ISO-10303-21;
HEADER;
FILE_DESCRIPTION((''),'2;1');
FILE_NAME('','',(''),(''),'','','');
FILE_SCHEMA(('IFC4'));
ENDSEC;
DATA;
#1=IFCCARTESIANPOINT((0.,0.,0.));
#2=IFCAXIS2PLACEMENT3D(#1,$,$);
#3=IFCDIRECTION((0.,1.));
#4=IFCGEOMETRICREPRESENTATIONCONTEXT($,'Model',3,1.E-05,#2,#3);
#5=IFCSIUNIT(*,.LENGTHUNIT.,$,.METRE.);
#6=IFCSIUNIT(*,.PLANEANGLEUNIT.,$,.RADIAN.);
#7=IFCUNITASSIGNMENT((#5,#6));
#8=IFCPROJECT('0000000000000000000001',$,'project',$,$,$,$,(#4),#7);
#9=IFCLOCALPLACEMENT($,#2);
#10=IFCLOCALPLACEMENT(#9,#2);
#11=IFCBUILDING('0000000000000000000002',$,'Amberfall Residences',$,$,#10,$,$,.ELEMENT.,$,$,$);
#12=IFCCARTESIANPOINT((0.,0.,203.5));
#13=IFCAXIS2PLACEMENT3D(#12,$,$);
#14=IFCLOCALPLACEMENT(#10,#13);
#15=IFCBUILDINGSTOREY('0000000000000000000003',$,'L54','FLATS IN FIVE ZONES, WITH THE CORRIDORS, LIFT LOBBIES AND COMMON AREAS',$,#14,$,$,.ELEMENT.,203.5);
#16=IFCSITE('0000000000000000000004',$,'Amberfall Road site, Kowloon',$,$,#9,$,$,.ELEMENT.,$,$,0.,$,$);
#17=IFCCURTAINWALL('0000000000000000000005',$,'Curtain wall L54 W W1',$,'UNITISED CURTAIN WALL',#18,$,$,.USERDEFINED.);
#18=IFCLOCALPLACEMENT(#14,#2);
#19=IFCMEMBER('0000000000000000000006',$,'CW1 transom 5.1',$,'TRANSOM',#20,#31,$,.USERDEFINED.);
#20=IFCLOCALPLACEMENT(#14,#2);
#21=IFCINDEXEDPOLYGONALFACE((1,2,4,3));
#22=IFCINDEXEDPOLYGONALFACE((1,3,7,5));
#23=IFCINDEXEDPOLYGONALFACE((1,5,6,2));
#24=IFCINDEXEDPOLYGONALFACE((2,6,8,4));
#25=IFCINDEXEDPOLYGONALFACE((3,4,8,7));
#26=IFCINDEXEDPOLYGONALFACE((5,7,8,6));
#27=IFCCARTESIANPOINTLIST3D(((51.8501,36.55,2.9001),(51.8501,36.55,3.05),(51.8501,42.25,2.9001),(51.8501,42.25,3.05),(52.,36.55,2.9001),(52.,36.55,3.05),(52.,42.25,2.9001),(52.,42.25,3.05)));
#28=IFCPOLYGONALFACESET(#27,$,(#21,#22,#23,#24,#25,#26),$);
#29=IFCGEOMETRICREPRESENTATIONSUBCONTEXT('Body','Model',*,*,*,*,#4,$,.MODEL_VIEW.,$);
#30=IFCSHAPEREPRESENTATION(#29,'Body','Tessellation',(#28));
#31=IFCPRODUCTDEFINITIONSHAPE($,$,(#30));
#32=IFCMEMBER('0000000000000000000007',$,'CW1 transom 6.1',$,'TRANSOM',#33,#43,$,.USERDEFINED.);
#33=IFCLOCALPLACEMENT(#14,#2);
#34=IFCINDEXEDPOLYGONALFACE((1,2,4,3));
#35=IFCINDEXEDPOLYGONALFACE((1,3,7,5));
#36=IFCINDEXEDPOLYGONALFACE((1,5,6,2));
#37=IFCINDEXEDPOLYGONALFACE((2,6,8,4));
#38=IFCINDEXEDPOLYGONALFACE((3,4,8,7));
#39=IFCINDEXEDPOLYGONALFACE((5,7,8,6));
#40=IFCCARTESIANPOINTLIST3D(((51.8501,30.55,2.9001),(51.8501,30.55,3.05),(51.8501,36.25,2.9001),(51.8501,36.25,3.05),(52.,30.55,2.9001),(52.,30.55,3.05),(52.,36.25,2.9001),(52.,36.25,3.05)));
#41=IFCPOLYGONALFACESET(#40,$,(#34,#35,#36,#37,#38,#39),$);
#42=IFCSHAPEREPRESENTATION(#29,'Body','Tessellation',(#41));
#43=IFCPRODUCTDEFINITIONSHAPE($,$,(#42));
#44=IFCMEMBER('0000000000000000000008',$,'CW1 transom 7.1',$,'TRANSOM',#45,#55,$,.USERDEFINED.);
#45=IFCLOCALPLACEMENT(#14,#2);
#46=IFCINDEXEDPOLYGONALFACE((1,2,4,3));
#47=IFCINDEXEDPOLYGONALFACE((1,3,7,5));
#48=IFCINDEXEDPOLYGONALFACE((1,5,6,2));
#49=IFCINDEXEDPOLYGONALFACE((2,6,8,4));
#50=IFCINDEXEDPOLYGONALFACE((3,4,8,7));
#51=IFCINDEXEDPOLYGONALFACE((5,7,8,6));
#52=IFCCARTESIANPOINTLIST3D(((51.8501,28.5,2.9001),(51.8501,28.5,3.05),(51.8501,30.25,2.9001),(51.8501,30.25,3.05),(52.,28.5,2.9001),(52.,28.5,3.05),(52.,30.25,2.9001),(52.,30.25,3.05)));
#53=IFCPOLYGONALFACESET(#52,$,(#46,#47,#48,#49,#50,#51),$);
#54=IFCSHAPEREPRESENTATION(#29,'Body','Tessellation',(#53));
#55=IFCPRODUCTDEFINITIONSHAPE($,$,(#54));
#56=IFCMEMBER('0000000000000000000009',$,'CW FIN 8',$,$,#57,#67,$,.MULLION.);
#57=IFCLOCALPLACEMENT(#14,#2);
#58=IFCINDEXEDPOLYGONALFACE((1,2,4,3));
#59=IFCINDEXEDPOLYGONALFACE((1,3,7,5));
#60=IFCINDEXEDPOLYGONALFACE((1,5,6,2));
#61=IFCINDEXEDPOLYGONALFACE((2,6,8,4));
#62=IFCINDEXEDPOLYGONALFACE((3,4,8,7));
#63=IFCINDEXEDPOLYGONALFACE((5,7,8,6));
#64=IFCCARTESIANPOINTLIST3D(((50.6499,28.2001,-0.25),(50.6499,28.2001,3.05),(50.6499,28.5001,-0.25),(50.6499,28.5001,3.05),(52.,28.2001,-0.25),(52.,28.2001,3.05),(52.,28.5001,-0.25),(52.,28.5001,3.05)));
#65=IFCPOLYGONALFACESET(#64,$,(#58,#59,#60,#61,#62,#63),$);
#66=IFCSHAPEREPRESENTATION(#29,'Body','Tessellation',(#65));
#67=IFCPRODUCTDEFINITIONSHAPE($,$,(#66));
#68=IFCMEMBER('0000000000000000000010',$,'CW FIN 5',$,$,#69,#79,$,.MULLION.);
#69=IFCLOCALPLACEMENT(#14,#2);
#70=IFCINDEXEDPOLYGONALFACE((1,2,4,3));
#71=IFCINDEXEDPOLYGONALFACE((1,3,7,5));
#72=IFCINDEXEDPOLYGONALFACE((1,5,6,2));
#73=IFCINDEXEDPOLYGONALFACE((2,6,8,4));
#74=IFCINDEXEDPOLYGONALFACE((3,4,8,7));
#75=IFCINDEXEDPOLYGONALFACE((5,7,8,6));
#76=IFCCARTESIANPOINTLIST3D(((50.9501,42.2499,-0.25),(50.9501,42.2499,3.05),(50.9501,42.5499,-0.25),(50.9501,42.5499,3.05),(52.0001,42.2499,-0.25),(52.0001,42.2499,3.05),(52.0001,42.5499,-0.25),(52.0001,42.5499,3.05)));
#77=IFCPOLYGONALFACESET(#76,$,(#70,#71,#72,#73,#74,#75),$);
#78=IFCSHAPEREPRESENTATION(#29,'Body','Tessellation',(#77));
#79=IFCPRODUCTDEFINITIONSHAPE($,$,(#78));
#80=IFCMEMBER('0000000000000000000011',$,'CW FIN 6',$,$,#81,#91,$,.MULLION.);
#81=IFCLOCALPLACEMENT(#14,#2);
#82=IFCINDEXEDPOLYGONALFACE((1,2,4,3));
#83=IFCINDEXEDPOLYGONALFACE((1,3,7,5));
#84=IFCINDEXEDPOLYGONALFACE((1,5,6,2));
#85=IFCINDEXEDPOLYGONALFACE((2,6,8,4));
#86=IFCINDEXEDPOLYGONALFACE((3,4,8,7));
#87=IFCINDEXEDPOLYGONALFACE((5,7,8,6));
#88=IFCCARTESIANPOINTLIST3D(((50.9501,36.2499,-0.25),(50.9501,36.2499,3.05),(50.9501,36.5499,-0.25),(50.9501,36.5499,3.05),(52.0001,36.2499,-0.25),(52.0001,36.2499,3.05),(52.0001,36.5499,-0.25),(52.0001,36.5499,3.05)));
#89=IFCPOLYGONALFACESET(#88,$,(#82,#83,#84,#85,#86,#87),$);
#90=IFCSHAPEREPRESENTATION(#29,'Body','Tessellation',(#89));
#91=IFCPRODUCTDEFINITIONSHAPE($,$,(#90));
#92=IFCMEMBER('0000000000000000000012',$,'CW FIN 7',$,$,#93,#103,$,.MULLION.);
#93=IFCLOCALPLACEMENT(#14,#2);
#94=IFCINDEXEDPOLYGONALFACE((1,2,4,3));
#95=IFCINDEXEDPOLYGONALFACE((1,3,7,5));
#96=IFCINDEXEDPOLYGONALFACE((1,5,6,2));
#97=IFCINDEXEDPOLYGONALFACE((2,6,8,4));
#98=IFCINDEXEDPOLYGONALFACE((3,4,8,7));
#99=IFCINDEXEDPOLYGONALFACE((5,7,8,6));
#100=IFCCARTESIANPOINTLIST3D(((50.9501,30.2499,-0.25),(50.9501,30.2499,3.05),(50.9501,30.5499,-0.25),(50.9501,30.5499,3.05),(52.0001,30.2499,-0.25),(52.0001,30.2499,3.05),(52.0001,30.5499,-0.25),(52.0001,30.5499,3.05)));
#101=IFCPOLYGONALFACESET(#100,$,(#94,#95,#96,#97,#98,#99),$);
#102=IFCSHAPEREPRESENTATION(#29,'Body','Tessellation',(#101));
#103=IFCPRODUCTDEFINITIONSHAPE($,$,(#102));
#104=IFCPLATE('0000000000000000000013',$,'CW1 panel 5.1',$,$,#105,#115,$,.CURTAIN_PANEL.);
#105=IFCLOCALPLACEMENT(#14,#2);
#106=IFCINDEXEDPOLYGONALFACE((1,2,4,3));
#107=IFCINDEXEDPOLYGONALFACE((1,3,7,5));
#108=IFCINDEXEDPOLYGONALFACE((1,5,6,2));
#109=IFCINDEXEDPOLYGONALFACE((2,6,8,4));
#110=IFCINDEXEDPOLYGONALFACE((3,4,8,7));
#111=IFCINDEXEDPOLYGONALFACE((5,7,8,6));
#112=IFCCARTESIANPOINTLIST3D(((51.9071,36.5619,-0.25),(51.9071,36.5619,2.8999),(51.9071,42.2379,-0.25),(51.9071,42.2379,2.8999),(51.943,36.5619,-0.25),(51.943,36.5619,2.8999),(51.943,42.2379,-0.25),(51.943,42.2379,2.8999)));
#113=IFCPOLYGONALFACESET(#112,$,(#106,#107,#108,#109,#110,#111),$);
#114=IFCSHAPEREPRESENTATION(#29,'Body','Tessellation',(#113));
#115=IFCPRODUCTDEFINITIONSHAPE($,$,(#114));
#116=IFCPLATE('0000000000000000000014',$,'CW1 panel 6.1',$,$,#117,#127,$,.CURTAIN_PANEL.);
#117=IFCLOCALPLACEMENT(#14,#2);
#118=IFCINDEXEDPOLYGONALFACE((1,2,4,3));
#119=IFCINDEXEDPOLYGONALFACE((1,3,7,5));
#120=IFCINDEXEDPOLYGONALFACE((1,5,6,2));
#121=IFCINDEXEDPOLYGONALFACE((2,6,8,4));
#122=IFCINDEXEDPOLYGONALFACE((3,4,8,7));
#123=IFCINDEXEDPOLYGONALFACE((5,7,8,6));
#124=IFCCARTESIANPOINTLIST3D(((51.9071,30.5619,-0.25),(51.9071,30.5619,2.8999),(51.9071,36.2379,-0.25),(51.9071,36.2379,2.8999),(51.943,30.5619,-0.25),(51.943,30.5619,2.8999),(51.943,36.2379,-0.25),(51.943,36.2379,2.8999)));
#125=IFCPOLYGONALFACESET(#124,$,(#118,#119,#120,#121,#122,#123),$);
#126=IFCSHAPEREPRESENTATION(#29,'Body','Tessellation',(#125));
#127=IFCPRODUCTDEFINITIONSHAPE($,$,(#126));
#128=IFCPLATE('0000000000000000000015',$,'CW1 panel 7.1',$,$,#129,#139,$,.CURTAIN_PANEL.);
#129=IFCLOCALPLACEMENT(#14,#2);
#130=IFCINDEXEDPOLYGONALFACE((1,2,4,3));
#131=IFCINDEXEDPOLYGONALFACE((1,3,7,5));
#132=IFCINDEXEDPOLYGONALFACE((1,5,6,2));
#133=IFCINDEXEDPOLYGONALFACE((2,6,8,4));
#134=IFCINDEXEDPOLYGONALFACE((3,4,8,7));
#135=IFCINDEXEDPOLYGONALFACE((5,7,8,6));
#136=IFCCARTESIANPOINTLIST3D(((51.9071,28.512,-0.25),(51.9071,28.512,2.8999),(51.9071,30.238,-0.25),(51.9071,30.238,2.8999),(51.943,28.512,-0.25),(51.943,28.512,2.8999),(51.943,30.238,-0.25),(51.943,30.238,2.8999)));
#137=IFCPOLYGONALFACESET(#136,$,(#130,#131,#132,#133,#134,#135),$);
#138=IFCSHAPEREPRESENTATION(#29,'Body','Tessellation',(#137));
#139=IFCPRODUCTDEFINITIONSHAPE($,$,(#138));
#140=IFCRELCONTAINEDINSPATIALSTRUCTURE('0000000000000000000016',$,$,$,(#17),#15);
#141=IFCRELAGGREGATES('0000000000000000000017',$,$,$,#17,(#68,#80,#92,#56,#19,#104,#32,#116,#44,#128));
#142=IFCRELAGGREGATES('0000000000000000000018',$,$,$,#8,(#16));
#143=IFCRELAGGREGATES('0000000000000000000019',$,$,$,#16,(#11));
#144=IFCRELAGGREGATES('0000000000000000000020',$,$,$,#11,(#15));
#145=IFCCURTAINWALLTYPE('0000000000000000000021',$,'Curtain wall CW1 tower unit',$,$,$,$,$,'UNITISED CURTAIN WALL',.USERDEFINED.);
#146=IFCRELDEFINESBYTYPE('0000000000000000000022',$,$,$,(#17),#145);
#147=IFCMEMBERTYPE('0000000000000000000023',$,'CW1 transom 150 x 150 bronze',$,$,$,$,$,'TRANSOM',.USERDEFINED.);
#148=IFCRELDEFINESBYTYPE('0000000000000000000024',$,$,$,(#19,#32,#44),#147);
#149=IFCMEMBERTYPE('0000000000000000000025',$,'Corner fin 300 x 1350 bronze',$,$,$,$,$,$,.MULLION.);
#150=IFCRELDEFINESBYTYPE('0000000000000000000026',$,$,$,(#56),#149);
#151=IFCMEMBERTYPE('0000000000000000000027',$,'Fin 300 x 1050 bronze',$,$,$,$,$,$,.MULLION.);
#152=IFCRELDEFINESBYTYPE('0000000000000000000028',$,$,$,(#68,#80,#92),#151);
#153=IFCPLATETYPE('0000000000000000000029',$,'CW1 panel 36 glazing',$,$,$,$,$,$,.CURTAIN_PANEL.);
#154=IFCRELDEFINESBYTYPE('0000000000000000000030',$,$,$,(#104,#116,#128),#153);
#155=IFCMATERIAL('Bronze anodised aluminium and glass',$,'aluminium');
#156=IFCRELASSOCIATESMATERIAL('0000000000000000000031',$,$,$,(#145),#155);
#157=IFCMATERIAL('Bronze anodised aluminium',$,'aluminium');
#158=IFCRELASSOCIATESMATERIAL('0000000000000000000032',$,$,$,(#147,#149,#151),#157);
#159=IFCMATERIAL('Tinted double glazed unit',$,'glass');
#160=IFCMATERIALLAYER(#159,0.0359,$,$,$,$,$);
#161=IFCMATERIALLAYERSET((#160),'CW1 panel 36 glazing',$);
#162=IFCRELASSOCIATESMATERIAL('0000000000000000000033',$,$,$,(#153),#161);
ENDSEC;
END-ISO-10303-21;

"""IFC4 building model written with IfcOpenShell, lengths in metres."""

from ifc_helpers import new_model, si_unit, direction, frame, origin, origin_2d, place, context, subcontext, project, spatial, rectangle, extrude, material, layer, layer_set, material_profile, profile_set, type_object, element, aggregate, save


model = new_model("IFC4")

# Units and contexts
model_context = context("Model", 3, precision=1e-05, world=origin(), true_north=direction((0.0, 1.0)))
body_context = subcontext(model_context, "Body", "Model", "MODEL_VIEW")
ifc_project = project(units=[si_unit("LENGTHUNIT", "METRE"), si_unit("PLANEANGLEUNIT", "RADIAN")], contexts=[model_context])

# Site, building, storey
site_placement = place(None, origin())
site = spatial("IfcSite", under=ifc_project, at=site_placement, Name="Amberfall Road site, Kowloon", CompositionType="ELEMENT", RefElevation=0.0)
building_placement = place(site_placement, origin())
building = spatial("IfcBuilding", under=site, at=building_placement, Name="Amberfall Residences", CompositionType="ELEMENT")
storey_placement = place(building_placement, frame((0.0, 0.0, 203.5)))
storey = spatial("IfcBuildingStorey", under=building, at=storey_placement, Name="L54", Description="FLATS IN FIVE ZONES, WITH THE CORRIDORS, LIFT LOBBIES AND COMMON AREAS", CompositionType="ELEMENT", Elevation=203.5)

# Curtain wall, members, plates
ifc_material_1 = material(Name="Bronze anodised aluminium and glass", Category="aluminium")
curtain_wall_type = type_object("IfcCurtainWallType", Name="Curtain wall CW1 tower unit", ElementType="UNITISED CURTAIN WALL", PredefinedType="USERDEFINED", material=ifc_material_1)
curtain_wall_placement = place(storey_placement, origin())
curtain_wall = element("IfcCurtainWall", 1, at=curtain_wall_placement, inside=storey, type_object=curtain_wall_type, Name="Curtain wall L54 W W1", ObjectType="UNITISED CURTAIN WALL", PredefinedType="USERDEFINED")
ifc_material_2 = material(Name="Bronze anodised aluminium", Category="aluminium")
ifc_material_profile_1 = material_profile(ifc_material_2, rectangle(XDim=0.1499, YDim=0.1499, at=origin_2d()), Name="CW1 transom 150 x 150 bronze")
ifc_profile_set_1 = profile_set([ifc_material_profile_1], Name="Bronze anodised aluminium")
member_type_1 = type_object("IfcMemberType", Name="CW1 transom 150 x 150 bronze", ElementType="TRANSOM", PredefinedType="USERDEFINED", material=ifc_profile_set_1)
member_1_placement = place(storey_placement, frame((51.925, 42.25, 2.9751), z_axis=(0.0, -1.0, 0.0), x_axis=(1.0, 0.0, 0.0)))
member_1 = element("IfcMember", 2, at=member_1_placement, type_object=member_type_1, Name="CW1 transom 5.1", ObjectType="TRANSOM", PredefinedType="USERDEFINED", context=body_context, shape_type="SweptSolid", body=[
    extrude(rectangle(XDim=0.1499, YDim=0.1499, at=origin_2d()), origin(), (0.0, 0.0, 1.0), 5.7),
])
member_2_placement = place(storey_placement, frame((51.925, 36.25, 2.9751), z_axis=(0.0, -1.0, 0.0), x_axis=(1.0, 0.0, 0.0)))
member_2 = element("IfcMember", 3, at=member_2_placement, type_object=member_type_1, Name="CW1 transom 6.1", ObjectType="TRANSOM", PredefinedType="USERDEFINED", context=body_context, shape_type="SweptSolid", body=[
    extrude(rectangle(XDim=0.1499, YDim=0.1499, at=origin_2d()), origin(), (0.0, 0.0, 1.0), 5.7),
])
member_3_placement = place(storey_placement, frame((51.925, 30.25, 2.9751), z_axis=(0.0, -1.0, 0.0), x_axis=(1.0, 0.0, 0.0)))
member_3 = element("IfcMember", 4, at=member_3_placement, type_object=member_type_1, Name="CW1 transom 7.1", ObjectType="TRANSOM", PredefinedType="USERDEFINED", context=body_context, shape_type="SweptSolid", body=[
    extrude(rectangle(XDim=0.1499, YDim=0.1499, at=origin_2d()), origin(), (0.0, 0.0, 1.0), 1.75),
])
ifc_material_profile_2 = material_profile(ifc_material_2, rectangle(XDim=1.3501, YDim=0.3, at=origin_2d()), Name="Corner fin 300 x 1350 bronze")
ifc_profile_set_2 = profile_set([ifc_material_profile_2], Name="Bronze anodised aluminium")
member_type_2 = type_object("IfcMemberType", Name="Corner fin 300 x 1350 bronze", PredefinedType="MULLION", material=ifc_profile_set_2)
member_4_placement = place(storey_placement, frame((51.325, 28.3501, -0.25), z_axis=(0.0, 0.0, 1.0), x_axis=(1.0, 0.0, 0.0)))
member_4 = element("IfcMember", 5, at=member_4_placement, type_object=member_type_2, Name="CW FIN 8", PredefinedType="MULLION", context=body_context, shape_type="SweptSolid", body=[
    extrude(rectangle(XDim=1.3501, YDim=0.3, at=origin_2d()), origin(), (0.0, 0.0, 1.0), 3.3),
])
ifc_material_profile_3 = material_profile(ifc_material_2, rectangle(XDim=1.05, YDim=0.3, at=origin_2d()), Name="Fin 300 x 1050 bronze")
ifc_profile_set_3 = profile_set([ifc_material_profile_3], Name="Bronze anodised aluminium")
member_type_3 = type_object("IfcMemberType", Name="Fin 300 x 1050 bronze", PredefinedType="MULLION", material=ifc_profile_set_3)
member_5_placement = place(storey_placement, frame((51.4751, 42.3999, -0.25), z_axis=(0.0, 0.0, 1.0), x_axis=(1.0, 0.0, 0.0)))
member_5 = element("IfcMember", 6, at=member_5_placement, type_object=member_type_3, Name="CW FIN 5", PredefinedType="MULLION", context=body_context, shape_type="SweptSolid", body=[
    extrude(rectangle(XDim=1.05, YDim=0.3, at=origin_2d()), origin(), (0.0, 0.0, 1.0), 3.3),
])
member_6_placement = place(storey_placement, frame((51.4751, 36.3999, -0.25), z_axis=(0.0, 0.0, 1.0), x_axis=(1.0, 0.0, 0.0)))
member_6 = element("IfcMember", 7, at=member_6_placement, type_object=member_type_3, Name="CW FIN 6", PredefinedType="MULLION", context=body_context, shape_type="SweptSolid", body=[
    extrude(rectangle(XDim=1.05, YDim=0.3, at=origin_2d()), origin(), (0.0, 0.0, 1.0), 3.3),
])
member_7_placement = place(storey_placement, frame((51.4751, 30.3999, -0.25), z_axis=(0.0, 0.0, 1.0), x_axis=(1.0, 0.0, 0.0)))
member_7 = element("IfcMember", 8, at=member_7_placement, type_object=member_type_3, Name="CW FIN 7", PredefinedType="MULLION", context=body_context, shape_type="SweptSolid", body=[
    extrude(rectangle(XDim=1.05, YDim=0.3, at=origin_2d()), origin(), (0.0, 0.0, 1.0), 3.3),
])
ifc_material_3 = material(Name="Tinted double glazed unit", Category="glass")
ifc_layer_1 = layer(ifc_material_3, 0.0359)
ifc_layer_set_1 = layer_set([ifc_layer_1], Name="CW1 panel 36 glazing")
plate_type = type_object("IfcPlateType", Name="CW1 panel 36 glazing", PredefinedType="CURTAIN_PANEL", material=ifc_layer_set_1)
plate_1_placement = place(storey_placement, frame((51.925, 39.3999, -0.25), z_axis=(0.0, 0.0, 1.0), x_axis=(0.0, -1.0, 0.0)))
plate_1 = element("IfcPlate", 9, at=plate_1_placement, type_object=plate_type, Name="CW1 panel 5.1", PredefinedType="CURTAIN_PANEL", context=body_context, shape_type="SweptSolid", body=[
    extrude(rectangle(XDim=5.676, YDim=0.0359, at=origin_2d()), origin(), (0.0, 0.0, 1.0), 3.1499),
])
plate_2_placement = place(storey_placement, frame((51.925, 33.3999, -0.25), z_axis=(0.0, 0.0, 1.0), x_axis=(0.0, -1.0, 0.0)))
plate_2 = element("IfcPlate", 10, at=plate_2_placement, type_object=plate_type, Name="CW1 panel 6.1", PredefinedType="CURTAIN_PANEL", context=body_context, shape_type="SweptSolid", body=[
    extrude(rectangle(XDim=5.676, YDim=0.0359, at=origin_2d()), origin(), (0.0, 0.0, 1.0), 3.1499),
])
plate_3_placement = place(storey_placement, frame((51.925, 29.375, -0.25), z_axis=(0.0, 0.0, 1.0), x_axis=(0.0, -1.0, 0.0)))
plate_3 = element("IfcPlate", 11, at=plate_3_placement, type_object=plate_type, Name="CW1 panel 7.1", PredefinedType="CURTAIN_PANEL", context=body_context, shape_type="SweptSolid", body=[
    extrude(rectangle(XDim=1.7261, YDim=0.0359, at=origin_2d()), origin(), (0.0, 0.0, 1.0), 3.1499),
])
aggregate(curtain_wall, [member_5, member_6, member_7, member_4, member_1, plate_1, member_2, plate_2, member_3, plate_3])

save(model, "model.ifc")
